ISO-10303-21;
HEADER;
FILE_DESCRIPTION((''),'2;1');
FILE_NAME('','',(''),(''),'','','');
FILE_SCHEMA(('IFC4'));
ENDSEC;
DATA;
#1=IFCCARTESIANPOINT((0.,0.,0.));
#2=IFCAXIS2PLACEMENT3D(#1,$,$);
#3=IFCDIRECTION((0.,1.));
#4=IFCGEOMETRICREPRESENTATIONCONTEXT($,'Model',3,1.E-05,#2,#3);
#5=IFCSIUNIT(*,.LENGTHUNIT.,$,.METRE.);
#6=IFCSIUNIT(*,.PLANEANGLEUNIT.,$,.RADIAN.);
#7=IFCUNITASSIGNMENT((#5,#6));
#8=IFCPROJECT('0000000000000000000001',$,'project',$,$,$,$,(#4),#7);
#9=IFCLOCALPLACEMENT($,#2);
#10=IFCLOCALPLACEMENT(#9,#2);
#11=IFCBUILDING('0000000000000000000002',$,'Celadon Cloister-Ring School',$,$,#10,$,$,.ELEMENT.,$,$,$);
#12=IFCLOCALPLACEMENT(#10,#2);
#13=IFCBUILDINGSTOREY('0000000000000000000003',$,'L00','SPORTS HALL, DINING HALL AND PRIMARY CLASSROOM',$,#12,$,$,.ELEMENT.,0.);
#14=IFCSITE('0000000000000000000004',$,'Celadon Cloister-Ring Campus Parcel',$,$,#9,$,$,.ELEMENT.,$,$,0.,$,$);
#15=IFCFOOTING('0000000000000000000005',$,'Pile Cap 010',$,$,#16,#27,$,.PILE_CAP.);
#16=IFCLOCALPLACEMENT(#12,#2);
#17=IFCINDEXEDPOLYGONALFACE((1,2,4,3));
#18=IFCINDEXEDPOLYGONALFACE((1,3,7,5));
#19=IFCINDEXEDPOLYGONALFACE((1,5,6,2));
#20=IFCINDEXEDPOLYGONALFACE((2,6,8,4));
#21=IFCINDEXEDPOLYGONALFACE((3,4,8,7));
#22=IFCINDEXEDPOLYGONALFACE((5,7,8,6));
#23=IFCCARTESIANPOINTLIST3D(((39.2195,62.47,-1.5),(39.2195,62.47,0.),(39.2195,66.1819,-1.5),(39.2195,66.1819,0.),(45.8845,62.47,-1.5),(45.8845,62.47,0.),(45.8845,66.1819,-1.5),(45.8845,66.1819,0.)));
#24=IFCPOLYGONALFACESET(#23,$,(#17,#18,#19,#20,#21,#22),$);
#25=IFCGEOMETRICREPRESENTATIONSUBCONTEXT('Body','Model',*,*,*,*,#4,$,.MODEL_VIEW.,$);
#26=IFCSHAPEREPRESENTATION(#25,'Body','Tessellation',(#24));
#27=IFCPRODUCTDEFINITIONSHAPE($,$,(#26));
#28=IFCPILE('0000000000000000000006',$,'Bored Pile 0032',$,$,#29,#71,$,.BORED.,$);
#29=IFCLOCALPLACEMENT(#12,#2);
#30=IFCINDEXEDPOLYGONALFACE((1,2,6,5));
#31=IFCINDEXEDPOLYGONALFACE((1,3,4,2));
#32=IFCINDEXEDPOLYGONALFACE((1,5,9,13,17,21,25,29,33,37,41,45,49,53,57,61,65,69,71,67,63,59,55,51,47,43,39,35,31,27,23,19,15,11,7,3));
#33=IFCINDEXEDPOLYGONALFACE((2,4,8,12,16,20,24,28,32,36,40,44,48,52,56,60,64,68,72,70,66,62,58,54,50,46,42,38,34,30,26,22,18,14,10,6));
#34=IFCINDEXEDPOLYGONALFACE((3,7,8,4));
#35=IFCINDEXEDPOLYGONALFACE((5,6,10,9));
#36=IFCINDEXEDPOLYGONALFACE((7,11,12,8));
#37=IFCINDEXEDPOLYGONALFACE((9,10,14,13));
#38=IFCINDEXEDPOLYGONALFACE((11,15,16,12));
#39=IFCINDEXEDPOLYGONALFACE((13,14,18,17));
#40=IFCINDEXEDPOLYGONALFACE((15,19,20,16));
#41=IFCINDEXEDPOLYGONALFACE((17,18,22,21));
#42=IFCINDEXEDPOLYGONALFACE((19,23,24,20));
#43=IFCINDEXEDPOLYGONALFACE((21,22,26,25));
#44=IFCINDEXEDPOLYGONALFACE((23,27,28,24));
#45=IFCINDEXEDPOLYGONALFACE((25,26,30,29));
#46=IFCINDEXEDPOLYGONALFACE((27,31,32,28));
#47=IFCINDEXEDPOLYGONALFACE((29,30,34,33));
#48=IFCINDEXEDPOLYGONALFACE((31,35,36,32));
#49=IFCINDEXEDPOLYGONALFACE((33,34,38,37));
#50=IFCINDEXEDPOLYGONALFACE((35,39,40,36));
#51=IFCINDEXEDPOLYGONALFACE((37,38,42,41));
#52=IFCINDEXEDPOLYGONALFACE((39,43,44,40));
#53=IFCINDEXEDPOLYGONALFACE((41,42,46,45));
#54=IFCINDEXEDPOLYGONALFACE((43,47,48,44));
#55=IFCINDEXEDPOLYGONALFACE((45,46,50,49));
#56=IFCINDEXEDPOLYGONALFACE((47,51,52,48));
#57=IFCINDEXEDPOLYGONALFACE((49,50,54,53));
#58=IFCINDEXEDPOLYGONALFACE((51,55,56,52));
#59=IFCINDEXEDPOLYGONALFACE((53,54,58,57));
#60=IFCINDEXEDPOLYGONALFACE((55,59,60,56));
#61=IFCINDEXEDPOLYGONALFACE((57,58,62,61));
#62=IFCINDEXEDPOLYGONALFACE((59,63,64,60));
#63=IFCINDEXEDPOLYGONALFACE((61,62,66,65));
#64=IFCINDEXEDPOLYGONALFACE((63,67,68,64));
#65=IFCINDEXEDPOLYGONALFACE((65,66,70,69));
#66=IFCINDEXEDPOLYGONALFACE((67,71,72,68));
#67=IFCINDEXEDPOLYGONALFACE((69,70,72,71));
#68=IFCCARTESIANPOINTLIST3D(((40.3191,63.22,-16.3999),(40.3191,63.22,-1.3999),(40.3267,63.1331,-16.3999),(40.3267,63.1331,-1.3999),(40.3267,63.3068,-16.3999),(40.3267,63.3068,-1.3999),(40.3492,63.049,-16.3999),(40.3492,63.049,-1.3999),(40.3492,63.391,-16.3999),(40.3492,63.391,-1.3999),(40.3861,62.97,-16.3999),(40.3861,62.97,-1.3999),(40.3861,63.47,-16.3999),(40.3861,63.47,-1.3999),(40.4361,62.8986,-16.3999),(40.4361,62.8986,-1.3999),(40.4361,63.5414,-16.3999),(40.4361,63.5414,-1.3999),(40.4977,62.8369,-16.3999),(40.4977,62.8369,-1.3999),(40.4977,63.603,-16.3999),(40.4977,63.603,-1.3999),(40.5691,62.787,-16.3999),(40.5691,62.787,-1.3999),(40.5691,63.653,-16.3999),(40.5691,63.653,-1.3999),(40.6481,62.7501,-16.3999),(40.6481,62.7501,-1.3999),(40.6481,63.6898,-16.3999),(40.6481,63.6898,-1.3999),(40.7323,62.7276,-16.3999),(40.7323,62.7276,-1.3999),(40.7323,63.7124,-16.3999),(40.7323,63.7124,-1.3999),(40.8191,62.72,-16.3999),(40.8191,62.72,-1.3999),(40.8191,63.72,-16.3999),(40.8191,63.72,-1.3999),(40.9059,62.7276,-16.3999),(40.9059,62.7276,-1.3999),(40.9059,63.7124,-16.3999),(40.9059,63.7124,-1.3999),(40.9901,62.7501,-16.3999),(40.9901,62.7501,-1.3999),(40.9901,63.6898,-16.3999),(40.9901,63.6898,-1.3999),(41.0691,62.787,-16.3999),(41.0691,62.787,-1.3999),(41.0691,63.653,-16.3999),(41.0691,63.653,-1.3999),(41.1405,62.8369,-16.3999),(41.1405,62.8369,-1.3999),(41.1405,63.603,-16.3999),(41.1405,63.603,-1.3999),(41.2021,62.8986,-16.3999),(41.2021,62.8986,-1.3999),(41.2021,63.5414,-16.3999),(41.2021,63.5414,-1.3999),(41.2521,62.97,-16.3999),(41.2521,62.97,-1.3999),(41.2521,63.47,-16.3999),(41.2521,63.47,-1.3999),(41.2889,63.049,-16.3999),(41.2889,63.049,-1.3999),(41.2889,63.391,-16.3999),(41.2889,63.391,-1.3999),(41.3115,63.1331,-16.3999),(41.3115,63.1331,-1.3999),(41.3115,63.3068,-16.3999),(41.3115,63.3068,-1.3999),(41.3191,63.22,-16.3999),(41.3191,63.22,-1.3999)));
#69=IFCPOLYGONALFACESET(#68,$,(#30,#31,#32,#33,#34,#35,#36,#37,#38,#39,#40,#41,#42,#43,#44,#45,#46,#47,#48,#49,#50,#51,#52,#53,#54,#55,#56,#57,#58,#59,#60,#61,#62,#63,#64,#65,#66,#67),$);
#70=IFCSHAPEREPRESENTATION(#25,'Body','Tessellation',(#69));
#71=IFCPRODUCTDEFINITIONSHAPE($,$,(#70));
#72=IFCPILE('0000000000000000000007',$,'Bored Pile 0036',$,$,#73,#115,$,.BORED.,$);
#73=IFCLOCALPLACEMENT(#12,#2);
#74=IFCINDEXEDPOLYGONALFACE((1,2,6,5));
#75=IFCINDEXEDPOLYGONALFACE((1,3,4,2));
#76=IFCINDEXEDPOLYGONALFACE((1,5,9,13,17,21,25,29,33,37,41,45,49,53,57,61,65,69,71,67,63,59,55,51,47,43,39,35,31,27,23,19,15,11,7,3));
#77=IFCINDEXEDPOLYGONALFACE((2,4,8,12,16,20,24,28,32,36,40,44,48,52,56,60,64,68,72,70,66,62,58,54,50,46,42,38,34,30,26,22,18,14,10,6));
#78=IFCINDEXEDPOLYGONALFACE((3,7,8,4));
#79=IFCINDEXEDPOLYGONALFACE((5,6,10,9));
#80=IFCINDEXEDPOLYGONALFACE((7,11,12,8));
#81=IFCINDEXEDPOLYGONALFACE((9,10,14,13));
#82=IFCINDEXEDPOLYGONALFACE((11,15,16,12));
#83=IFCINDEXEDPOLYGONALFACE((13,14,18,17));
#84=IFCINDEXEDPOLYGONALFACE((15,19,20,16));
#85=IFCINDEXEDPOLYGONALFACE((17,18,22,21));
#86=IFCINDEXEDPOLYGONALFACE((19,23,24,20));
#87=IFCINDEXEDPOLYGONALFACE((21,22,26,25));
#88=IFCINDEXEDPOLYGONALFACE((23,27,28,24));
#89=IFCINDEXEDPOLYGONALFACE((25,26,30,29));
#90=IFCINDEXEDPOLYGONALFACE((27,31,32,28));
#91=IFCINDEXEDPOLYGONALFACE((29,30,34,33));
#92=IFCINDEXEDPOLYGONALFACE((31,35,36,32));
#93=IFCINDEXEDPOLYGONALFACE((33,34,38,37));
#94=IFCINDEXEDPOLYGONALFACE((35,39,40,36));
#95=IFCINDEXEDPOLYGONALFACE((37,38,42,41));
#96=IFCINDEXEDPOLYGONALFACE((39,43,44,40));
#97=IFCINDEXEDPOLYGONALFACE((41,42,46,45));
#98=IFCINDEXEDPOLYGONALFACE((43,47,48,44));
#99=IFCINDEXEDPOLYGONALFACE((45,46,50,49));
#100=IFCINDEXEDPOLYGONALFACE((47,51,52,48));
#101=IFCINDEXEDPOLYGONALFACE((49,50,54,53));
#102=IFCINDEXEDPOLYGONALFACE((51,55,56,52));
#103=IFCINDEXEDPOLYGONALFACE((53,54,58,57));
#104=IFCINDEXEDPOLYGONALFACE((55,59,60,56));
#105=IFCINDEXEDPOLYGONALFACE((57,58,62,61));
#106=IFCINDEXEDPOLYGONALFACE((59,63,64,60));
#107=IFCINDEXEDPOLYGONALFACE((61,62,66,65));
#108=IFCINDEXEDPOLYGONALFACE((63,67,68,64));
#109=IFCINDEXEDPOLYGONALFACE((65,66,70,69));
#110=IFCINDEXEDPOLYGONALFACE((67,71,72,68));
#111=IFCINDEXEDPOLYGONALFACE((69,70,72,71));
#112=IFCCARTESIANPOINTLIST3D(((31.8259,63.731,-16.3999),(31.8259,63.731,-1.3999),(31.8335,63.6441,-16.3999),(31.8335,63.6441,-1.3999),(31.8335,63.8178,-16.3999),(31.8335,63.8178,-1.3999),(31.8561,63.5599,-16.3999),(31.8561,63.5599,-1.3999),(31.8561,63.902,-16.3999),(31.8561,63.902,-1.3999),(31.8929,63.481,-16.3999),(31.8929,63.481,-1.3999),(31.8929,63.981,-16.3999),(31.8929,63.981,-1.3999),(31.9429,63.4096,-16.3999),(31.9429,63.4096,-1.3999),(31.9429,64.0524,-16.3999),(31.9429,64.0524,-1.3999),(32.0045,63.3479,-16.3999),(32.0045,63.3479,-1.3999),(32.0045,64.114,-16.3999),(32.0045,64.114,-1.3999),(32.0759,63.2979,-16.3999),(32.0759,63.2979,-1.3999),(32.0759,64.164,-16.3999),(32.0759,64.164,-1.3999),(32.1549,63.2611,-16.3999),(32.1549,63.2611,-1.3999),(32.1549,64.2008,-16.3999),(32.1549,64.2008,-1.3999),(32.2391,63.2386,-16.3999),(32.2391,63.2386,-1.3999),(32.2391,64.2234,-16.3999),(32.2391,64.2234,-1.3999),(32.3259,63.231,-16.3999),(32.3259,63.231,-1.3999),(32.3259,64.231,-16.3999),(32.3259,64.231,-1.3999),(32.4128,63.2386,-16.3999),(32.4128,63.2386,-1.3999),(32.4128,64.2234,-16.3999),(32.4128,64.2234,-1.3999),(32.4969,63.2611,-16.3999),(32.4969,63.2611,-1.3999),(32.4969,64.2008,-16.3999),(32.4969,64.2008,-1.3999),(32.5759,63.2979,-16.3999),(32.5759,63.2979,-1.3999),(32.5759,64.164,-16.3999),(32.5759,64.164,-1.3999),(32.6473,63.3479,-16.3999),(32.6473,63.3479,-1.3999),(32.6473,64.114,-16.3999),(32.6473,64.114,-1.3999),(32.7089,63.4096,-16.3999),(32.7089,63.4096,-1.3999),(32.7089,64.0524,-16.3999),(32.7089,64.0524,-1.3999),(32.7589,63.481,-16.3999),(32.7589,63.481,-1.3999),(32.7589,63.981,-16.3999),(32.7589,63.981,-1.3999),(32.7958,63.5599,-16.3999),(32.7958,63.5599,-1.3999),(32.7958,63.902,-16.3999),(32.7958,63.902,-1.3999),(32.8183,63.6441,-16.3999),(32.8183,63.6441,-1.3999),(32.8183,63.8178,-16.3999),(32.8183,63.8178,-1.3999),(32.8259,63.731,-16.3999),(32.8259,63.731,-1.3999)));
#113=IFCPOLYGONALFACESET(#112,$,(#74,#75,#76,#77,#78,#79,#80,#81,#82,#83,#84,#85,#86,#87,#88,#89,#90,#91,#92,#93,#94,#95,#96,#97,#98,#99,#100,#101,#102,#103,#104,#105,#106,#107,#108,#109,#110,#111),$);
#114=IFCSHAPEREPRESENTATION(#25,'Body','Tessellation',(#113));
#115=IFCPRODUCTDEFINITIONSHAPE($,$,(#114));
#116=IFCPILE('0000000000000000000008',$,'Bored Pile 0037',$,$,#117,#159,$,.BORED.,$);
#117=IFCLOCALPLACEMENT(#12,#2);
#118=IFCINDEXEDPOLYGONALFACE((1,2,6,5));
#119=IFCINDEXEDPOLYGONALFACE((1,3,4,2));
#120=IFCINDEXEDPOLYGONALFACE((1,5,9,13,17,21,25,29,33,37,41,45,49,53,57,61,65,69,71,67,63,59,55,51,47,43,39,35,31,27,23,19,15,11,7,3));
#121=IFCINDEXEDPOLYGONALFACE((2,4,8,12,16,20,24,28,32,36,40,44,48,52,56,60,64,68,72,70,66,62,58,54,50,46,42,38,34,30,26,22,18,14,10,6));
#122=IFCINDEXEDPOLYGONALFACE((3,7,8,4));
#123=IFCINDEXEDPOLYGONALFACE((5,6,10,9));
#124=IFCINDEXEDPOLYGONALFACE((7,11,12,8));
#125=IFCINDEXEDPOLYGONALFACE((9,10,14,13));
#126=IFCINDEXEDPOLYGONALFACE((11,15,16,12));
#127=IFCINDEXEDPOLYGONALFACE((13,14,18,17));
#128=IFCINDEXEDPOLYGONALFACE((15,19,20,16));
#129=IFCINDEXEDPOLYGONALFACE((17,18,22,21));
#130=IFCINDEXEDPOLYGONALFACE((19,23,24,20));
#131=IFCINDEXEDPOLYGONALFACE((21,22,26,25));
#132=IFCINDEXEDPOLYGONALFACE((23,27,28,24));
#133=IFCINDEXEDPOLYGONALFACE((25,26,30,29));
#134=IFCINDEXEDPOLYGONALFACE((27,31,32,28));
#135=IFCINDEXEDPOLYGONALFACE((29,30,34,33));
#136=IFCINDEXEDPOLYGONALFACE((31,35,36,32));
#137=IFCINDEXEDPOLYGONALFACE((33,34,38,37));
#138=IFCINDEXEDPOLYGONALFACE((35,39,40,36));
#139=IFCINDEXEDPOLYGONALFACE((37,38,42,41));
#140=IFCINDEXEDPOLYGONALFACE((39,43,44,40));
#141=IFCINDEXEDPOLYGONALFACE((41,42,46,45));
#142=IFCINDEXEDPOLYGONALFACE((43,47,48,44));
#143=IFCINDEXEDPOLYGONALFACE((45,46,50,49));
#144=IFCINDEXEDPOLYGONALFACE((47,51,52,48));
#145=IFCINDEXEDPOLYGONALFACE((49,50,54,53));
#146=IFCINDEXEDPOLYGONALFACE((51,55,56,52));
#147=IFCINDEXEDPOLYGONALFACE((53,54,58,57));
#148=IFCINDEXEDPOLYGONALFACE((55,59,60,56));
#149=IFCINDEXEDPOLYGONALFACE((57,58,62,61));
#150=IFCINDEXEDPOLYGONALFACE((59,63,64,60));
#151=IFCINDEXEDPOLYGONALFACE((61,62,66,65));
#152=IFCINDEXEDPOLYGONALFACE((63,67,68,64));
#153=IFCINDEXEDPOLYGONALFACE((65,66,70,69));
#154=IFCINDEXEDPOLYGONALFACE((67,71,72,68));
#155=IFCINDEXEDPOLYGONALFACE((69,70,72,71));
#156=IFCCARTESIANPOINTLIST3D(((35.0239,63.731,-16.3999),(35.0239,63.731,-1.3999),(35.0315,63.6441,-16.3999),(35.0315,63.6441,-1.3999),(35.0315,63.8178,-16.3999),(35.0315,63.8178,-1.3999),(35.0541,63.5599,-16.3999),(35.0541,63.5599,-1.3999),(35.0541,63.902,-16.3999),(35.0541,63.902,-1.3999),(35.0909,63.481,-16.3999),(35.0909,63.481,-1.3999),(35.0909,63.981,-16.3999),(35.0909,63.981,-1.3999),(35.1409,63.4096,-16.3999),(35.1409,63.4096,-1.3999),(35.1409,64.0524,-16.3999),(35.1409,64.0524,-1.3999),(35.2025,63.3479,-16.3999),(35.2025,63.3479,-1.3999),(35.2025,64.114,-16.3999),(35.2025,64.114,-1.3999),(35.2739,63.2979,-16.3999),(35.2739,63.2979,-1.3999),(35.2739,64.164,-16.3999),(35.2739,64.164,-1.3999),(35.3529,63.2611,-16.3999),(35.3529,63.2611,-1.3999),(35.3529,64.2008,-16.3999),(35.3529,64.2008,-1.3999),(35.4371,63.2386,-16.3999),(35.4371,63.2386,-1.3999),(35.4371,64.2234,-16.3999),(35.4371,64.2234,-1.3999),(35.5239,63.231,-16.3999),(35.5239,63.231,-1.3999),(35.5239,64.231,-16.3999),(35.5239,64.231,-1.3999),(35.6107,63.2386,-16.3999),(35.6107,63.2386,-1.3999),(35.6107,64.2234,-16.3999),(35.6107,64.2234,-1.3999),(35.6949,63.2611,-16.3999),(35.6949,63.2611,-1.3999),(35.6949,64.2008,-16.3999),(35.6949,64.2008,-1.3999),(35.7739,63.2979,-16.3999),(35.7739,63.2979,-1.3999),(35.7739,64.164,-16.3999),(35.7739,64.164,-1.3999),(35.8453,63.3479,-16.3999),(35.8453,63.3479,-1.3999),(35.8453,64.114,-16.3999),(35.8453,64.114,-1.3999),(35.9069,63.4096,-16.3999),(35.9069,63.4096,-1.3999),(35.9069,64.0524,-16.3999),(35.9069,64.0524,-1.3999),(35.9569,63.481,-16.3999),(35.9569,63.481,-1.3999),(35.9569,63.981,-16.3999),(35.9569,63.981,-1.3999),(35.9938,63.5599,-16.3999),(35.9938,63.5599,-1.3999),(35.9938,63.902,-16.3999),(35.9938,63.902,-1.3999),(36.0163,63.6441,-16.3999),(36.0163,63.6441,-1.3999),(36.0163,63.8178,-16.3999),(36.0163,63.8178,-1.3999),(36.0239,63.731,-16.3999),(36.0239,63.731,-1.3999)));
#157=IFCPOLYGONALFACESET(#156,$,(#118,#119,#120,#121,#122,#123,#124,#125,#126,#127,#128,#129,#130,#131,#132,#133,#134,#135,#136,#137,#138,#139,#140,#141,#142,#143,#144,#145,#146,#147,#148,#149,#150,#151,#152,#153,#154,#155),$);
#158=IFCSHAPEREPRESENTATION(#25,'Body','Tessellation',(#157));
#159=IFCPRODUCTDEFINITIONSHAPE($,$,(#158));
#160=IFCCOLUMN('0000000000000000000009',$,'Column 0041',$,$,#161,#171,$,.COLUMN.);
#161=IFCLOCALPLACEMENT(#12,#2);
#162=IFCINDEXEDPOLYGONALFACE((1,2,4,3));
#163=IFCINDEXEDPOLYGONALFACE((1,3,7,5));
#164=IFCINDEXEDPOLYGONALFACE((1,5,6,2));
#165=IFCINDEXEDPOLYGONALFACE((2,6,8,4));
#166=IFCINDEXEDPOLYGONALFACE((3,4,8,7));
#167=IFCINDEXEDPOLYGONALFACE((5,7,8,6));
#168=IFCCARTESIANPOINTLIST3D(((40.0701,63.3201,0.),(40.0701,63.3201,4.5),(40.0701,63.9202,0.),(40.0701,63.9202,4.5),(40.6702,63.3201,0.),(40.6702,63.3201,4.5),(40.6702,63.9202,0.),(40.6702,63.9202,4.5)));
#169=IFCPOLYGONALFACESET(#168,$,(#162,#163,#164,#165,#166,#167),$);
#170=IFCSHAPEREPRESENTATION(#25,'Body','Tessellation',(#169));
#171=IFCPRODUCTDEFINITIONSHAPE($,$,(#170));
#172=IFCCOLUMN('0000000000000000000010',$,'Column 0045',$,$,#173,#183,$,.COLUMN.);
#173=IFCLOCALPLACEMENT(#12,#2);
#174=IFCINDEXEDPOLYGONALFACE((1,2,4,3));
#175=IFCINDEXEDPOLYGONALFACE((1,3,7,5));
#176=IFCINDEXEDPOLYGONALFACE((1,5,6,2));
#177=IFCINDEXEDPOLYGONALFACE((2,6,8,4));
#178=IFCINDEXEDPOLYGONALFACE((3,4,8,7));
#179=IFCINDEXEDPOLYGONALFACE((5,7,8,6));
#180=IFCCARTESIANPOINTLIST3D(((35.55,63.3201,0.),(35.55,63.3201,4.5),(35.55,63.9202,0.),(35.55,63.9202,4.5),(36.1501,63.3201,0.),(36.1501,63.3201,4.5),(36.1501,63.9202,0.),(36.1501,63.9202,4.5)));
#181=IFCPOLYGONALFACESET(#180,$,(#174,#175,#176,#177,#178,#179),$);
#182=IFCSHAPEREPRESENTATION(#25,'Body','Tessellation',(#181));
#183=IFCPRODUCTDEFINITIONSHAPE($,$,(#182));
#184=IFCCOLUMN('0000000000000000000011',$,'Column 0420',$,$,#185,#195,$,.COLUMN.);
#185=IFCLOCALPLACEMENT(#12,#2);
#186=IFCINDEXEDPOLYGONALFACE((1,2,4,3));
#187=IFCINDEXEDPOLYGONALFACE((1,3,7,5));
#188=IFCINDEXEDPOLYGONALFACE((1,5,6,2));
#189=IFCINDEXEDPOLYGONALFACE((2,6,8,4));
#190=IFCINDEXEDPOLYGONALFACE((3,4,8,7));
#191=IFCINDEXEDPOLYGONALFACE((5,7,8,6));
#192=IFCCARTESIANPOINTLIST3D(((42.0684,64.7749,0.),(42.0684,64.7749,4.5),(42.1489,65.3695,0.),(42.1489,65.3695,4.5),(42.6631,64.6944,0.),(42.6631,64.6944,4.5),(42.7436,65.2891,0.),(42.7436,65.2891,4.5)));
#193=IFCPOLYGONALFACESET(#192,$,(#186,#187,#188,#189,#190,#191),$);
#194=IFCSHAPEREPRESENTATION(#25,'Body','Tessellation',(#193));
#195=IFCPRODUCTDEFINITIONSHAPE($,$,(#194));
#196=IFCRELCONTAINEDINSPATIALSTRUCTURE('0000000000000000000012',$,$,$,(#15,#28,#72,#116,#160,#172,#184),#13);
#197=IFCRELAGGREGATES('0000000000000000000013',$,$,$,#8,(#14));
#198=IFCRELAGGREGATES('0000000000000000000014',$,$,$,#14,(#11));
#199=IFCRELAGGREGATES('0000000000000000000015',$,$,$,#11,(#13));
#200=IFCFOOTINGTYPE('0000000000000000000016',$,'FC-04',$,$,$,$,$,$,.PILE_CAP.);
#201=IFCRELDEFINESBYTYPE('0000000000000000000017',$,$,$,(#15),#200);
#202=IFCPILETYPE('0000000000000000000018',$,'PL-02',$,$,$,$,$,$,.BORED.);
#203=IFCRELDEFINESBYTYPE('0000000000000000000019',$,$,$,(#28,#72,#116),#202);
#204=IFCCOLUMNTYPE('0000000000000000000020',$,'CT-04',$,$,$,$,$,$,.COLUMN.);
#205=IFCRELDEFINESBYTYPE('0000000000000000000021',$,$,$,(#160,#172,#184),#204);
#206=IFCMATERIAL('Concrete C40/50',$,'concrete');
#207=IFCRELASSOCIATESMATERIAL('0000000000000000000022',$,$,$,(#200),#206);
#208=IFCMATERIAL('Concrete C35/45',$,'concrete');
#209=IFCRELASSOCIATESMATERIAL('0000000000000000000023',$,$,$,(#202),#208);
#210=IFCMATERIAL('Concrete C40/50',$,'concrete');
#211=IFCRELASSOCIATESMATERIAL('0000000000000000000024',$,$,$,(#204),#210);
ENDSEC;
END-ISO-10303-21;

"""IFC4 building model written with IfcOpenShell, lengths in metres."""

from ifc_helpers import new_model, si_unit, direction, frame, origin, origin_2d, place, context, subcontext, project, spatial, rectangle, circle, extrude, material, material_profile, profile_set, type_object, element, save


model = new_model("IFC4")

# Units and contexts
model_context = context("Model", 3, precision=1e-05, world=origin(), true_north=direction((0.0, 1.0)))
body_context = subcontext(model_context, "Body", "Model", "MODEL_VIEW")
ifc_project = project(units=[si_unit("LENGTHUNIT", "METRE"), si_unit("PLANEANGLEUNIT", "RADIAN")], contexts=[model_context])

# Site, building, storey
site_placement = place(None, origin())
site = spatial("IfcSite", under=ifc_project, at=site_placement, Name="Celadon Cloister-Ring Campus Parcel", CompositionType="ELEMENT", RefElevation=0.0)
building_placement = place(site_placement, origin())
building = spatial("IfcBuilding", under=site, at=building_placement, Name="Celadon Cloister-Ring School", CompositionType="ELEMENT")
storey_placement = place(building_placement, origin())
storey = spatial("IfcBuildingStorey", under=building, at=storey_placement, Name="L00", Description="SPORTS HALL, DINING HALL AND PRIMARY CLASSROOM", CompositionType="ELEMENT", Elevation=0.0)

# Footing
ifc_material_1 = material(Name="Concrete C40/50", Category="concrete")
footing_type = type_object("IfcFootingType", Name="FC-04", PredefinedType="PILE_CAP", material=ifc_material_1)
footing_placement = place(storey_placement, frame((42.552, 64.3259, -1.5), z_axis=(0.0, 0.0, 1.0), x_axis=(1.0, 0.0, 0.0)))
element("IfcFooting", 1, at=footing_placement, inside=storey, type_object=footing_type, Name="Pile Cap 010", PredefinedType="PILE_CAP", context=body_context, shape_type="SweptSolid", body=[
    extrude(rectangle(XDim=6.665, YDim=3.7119, at=origin_2d()), origin(), (0.0, 0.0, 1.0), 1.5),
])

# Piles
ifc_material_2 = material(Name="Concrete C35/45", Category="concrete")
ifc_material_profile_1 = material_profile(ifc_material_2, circle(Radius=0.5, at=origin_2d()), Name="PILE1000")
ifc_profile_set_1 = profile_set([ifc_material_profile_1], Name="Concrete C35/45")
pile_type = type_object("IfcPileType", Name="PL-02", PredefinedType="BORED", material=ifc_profile_set_1)
for number, where, z_axis, x_axis, name in (
    (2, (40.8191, 63.22, -1.3999), (0.0, 0.0, -1.0), (1.0, 0.0, 0.0), "Bored Pile 0032"),
    (3, (32.3259, 63.731, -1.3999), (0.0, 0.0, -1.0), (1.0, 0.0, 0.0), "Bored Pile 0036"),
    (4, (35.5239, 63.731, -1.3999), (0.0, 0.0, -1.0), (1.0, 0.0, 0.0), "Bored Pile 0037"),
):
    element("IfcPile", number, at=place(storey_placement, frame(where, z_axis=z_axis, x_axis=x_axis)), inside=storey, type_object=pile_type, Name=name, PredefinedType="BORED", context=body_context, shape_type="SweptSolid", body=[
        extrude(circle(Radius=0.5, at=origin_2d()), origin(), (0.0, 0.0, 1.0), 15.0),
    ])

# Columns
ifc_material_3 = material(Name="Concrete C40/50", Category="concrete")
ifc_material_profile_2 = material_profile(ifc_material_3, rectangle(XDim=0.6001, YDim=0.6001, at=origin_2d()), Name="RC600X600")
ifc_profile_set_2 = profile_set([ifc_material_profile_2], Name="Concrete C40/50")
column_type_1 = type_object("IfcColumnType", Name="CT-04", PredefinedType="COLUMN", material=ifc_profile_set_2)
for number, where, z_axis, x_axis, name in (
    (5, (40.3701, 63.6201, 0.0), (0.0, 0.0, 1.0), (1.0, 0.0, 0.0), "Column 0041"),
    (6, (35.8501, 63.6201, 0.0), (0.0, 0.0, 1.0), (1.0, 0.0, 0.0), "Column 0045"),
    (7, (42.406, 65.032, 0.0), (0.0, 0.0, 1.0), (-0.990974, 0.134055, 0.0), "Column 0420"),
):
    element("IfcColumn", number, at=place(storey_placement, frame(where, z_axis=z_axis, x_axis=x_axis)), inside=storey, type_object=column_type_1, Name=name, PredefinedType="COLUMN", context=body_context, shape_type="SweptSolid", body=[
        extrude(rectangle(XDim=0.6001, YDim=0.6001, at=origin_2d()), origin(), (0.0, 0.0, 1.0), 4.5),
    ])

save(model, "model.ifc")
